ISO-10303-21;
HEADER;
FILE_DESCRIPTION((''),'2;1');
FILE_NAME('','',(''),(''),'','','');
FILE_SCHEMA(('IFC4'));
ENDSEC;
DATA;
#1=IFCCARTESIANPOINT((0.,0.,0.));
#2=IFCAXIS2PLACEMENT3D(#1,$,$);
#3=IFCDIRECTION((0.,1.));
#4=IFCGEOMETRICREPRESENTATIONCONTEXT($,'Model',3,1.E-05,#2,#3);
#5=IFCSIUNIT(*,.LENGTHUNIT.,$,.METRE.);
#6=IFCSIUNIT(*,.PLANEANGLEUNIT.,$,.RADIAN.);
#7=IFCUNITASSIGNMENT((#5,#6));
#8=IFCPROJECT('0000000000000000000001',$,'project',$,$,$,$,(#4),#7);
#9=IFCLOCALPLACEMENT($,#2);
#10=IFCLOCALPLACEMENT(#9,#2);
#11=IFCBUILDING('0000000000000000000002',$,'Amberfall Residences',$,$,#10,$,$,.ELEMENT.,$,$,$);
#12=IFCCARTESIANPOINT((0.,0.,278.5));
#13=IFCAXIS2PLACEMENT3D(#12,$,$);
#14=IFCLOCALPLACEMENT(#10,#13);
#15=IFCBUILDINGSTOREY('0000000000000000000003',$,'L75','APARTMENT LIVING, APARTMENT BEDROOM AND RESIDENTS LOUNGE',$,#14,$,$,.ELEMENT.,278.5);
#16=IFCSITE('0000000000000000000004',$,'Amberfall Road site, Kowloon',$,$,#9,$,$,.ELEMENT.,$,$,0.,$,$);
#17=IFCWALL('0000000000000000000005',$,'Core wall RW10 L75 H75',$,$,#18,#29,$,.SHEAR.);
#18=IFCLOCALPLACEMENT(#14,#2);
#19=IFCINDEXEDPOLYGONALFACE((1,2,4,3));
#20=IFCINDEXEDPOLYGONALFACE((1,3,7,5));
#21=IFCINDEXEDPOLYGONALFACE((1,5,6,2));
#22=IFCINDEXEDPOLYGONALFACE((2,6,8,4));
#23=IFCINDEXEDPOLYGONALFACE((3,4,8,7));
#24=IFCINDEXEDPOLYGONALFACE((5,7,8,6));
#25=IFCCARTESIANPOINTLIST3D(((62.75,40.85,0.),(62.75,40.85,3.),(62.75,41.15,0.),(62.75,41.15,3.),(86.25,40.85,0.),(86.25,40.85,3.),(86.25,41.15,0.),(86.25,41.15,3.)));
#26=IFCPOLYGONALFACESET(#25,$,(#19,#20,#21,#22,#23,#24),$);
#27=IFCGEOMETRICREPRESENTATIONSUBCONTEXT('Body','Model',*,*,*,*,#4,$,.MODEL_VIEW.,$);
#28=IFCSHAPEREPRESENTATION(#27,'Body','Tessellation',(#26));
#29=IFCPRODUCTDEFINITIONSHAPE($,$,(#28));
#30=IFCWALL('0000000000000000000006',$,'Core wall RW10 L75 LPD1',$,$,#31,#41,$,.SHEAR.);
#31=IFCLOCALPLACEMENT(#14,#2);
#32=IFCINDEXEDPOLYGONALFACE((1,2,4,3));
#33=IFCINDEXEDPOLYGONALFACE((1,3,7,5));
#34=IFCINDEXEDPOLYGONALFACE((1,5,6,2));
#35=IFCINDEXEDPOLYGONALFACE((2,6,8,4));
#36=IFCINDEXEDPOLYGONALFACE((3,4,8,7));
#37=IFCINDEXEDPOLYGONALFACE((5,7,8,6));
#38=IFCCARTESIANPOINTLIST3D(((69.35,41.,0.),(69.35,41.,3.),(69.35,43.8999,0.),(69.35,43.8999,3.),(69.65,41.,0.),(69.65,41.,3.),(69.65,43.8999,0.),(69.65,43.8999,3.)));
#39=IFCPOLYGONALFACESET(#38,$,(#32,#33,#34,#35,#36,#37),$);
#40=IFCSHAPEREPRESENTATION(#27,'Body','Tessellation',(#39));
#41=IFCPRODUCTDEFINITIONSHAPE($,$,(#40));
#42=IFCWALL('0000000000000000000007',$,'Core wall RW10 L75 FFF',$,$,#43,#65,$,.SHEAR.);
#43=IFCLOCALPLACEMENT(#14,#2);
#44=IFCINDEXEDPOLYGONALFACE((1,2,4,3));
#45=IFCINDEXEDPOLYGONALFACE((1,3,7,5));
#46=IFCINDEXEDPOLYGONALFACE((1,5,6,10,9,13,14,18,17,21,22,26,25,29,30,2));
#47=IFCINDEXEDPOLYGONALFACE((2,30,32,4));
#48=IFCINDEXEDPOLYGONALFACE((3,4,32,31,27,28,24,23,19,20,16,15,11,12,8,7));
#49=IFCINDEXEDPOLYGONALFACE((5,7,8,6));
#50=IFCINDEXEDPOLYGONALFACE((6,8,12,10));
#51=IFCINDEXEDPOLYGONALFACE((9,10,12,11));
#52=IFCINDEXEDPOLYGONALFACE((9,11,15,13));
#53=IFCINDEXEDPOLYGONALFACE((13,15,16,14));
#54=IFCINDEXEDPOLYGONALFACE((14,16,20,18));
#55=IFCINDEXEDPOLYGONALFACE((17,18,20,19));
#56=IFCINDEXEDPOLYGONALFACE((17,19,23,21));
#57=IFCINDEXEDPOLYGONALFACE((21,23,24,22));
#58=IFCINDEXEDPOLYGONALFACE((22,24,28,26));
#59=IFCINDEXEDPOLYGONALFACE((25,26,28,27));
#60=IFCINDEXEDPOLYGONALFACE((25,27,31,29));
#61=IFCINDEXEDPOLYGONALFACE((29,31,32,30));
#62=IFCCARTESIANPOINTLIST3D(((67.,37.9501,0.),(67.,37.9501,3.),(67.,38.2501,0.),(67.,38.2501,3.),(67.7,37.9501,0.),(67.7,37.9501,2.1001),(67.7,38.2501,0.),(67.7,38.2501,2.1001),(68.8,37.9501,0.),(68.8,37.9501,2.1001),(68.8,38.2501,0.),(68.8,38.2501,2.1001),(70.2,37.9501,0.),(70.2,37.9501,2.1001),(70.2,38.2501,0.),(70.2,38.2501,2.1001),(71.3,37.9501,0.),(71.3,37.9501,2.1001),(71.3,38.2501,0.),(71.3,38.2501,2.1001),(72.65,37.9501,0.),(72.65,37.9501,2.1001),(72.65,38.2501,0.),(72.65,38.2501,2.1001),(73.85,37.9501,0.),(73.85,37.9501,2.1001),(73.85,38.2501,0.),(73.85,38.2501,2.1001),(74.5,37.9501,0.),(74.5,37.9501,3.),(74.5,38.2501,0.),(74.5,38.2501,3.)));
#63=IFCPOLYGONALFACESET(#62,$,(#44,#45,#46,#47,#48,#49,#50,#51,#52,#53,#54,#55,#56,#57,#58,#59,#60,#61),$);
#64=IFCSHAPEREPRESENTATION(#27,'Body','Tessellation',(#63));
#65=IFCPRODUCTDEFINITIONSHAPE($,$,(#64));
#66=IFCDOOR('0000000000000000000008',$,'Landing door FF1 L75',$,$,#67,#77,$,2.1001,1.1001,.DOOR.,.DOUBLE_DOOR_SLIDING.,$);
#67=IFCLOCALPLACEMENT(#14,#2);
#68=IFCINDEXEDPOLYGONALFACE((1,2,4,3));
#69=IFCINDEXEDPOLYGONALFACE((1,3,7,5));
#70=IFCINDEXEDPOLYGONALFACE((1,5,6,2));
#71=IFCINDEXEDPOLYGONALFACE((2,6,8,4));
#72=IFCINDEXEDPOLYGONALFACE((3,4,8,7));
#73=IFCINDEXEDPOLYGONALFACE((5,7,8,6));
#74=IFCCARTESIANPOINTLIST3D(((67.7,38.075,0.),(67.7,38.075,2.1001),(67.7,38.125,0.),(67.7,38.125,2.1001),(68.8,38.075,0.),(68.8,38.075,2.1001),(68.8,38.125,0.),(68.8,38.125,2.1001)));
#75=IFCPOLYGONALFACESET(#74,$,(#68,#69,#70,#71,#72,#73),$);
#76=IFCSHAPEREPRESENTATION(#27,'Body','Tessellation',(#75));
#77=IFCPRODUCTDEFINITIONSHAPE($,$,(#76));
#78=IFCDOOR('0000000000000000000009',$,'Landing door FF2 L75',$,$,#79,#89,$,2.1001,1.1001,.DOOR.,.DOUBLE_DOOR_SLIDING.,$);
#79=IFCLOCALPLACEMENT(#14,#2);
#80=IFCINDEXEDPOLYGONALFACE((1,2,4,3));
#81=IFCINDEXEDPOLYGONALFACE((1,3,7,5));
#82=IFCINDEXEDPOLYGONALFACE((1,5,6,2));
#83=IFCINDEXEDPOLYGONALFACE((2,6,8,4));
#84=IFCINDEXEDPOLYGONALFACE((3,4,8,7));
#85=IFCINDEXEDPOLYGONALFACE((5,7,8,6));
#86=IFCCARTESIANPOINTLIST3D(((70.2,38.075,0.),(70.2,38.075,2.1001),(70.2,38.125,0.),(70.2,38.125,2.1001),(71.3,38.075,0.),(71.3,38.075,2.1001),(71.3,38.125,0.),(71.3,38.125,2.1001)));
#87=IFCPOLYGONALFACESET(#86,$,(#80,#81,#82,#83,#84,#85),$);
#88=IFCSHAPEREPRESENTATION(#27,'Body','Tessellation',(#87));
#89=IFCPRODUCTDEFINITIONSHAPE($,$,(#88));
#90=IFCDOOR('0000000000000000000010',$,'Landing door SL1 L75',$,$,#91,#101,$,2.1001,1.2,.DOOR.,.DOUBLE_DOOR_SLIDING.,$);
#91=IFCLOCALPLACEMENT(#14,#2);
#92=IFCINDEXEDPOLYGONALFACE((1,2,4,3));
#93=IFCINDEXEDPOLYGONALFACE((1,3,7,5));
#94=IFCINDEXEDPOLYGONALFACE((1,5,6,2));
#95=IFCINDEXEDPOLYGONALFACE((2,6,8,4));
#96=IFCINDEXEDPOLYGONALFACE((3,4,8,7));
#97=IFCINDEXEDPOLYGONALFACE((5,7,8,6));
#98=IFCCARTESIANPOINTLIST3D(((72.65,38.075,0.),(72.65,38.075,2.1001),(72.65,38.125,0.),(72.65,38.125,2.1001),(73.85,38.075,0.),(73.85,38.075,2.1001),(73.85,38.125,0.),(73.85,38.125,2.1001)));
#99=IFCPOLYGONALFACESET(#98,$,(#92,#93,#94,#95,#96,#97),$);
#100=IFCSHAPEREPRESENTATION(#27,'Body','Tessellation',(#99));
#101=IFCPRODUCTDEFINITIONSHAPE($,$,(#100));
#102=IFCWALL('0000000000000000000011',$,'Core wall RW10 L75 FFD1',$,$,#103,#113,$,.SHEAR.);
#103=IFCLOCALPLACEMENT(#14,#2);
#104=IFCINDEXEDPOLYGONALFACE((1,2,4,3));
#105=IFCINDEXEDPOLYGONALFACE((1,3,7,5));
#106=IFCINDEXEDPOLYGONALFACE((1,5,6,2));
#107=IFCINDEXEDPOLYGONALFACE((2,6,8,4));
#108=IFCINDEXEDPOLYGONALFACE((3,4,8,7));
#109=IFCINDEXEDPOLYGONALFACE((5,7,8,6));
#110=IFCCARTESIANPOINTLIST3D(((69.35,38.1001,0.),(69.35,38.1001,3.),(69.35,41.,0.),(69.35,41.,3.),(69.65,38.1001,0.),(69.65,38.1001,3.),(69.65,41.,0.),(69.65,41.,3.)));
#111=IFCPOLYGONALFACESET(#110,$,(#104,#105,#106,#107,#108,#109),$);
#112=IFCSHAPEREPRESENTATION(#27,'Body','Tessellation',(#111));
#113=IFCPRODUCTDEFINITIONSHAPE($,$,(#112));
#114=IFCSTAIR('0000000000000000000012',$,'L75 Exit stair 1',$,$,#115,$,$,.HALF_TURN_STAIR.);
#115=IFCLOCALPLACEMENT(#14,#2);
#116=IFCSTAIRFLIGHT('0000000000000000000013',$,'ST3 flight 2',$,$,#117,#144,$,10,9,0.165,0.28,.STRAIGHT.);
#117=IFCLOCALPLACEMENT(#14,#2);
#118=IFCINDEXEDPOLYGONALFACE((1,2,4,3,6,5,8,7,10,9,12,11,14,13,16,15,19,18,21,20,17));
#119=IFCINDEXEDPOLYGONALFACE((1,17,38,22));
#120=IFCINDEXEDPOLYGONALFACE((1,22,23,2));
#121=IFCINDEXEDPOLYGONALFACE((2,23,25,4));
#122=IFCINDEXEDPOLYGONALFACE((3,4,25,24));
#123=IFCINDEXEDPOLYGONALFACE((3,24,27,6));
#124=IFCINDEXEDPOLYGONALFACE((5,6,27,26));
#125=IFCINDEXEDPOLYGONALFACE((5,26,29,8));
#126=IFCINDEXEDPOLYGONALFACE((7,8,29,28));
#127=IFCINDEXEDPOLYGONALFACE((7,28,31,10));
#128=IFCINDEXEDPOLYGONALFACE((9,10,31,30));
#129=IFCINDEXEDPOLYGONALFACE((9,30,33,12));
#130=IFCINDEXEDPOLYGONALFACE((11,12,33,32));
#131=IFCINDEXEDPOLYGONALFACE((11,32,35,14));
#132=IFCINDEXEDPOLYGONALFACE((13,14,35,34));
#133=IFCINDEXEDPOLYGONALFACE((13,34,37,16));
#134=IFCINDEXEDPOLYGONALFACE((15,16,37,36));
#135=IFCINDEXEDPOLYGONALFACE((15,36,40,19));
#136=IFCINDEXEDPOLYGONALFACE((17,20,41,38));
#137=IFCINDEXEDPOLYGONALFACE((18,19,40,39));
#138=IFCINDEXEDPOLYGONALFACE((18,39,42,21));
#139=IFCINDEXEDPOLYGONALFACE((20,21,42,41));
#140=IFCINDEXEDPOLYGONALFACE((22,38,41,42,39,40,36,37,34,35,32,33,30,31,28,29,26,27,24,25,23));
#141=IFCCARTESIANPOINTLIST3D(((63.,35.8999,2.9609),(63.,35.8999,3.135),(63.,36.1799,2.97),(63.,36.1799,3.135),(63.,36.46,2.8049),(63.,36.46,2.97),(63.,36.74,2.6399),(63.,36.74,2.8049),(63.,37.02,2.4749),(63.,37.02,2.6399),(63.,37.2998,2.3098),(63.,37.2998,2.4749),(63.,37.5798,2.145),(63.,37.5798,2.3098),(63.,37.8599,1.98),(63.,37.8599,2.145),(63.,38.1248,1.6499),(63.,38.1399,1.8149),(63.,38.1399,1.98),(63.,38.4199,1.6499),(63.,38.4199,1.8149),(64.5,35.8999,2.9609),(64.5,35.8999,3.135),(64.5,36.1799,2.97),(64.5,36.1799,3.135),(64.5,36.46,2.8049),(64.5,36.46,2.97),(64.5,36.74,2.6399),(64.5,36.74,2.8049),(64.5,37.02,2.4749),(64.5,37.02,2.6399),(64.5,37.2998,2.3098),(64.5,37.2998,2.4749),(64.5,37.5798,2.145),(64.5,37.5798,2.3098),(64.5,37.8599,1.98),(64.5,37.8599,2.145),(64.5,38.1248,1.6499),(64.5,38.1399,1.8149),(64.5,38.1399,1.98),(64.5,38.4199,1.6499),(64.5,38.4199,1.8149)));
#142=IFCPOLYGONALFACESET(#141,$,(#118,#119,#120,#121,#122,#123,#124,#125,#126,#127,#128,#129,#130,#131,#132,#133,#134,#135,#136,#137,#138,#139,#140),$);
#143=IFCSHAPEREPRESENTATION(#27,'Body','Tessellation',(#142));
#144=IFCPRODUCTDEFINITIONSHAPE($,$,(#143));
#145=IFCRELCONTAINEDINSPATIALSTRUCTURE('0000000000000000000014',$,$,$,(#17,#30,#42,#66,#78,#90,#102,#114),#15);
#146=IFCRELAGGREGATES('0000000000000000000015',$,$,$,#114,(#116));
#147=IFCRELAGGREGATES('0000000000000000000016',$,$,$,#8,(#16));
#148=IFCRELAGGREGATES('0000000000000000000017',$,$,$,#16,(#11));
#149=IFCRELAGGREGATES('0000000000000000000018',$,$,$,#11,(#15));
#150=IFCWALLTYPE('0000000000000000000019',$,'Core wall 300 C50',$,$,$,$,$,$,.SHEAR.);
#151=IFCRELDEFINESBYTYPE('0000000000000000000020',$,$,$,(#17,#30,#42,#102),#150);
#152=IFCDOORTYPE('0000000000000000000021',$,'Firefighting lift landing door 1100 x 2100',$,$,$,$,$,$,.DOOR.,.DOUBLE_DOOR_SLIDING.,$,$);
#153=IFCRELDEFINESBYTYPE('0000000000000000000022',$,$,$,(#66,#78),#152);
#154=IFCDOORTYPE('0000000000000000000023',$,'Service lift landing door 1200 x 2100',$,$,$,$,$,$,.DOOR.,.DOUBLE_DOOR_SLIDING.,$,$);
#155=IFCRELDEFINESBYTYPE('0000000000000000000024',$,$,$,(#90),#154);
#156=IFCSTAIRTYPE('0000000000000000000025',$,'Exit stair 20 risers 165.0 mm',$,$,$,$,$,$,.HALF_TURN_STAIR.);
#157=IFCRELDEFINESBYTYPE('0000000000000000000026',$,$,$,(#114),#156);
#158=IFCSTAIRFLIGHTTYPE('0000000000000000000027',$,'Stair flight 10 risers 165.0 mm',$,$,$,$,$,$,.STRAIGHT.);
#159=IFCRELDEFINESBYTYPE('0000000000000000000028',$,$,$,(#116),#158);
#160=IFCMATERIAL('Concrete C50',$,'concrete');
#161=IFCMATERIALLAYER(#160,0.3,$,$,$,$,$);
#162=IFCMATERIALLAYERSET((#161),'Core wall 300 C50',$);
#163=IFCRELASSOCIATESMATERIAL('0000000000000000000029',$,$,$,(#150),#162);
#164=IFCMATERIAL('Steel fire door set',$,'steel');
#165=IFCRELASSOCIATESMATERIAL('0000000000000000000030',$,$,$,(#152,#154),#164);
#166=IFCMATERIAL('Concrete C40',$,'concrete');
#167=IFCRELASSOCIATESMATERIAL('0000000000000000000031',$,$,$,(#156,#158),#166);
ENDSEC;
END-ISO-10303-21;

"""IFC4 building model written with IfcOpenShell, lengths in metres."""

from ifc_helpers import new_model, si_unit, direction, frame, frame_2d, origin, place, context, subcontext, project, spatial, polyline, rectangle, outline, extrude, material, layer, layer_set, type_object, element, fill, aggregate, save


model = new_model("IFC4")

# Units and contexts
model_context = context("Model", 3, precision=1e-05, world=origin(), true_north=direction((0.0, 1.0)))
body_context = subcontext(model_context, "Body", "Model", "MODEL_VIEW")
ifc_project = project(units=[si_unit("LENGTHUNIT", "METRE"), si_unit("PLANEANGLEUNIT", "RADIAN")], contexts=[model_context])

# Site, building, storey
site_placement = place(None, origin())
site = spatial("IfcSite", under=ifc_project, at=site_placement, Name="Amberfall Road site, Kowloon", CompositionType="ELEMENT", RefElevation=0.0)
building_placement = place(site_placement, origin())
building = spatial("IfcBuilding", under=site, at=building_placement, Name="Amberfall Residences", CompositionType="ELEMENT")
storey_placement = place(building_placement, frame((0.0, 0.0, 278.5)))
storey = spatial("IfcBuildingStorey", under=building, at=storey_placement, Name="L75", Description="APARTMENT LIVING, APARTMENT BEDROOM AND RESIDENTS LOUNGE", CompositionType="ELEMENT", Elevation=278.5)

# Walls
ifc_material_1 = material(Name="Concrete C50", Category="concrete")
ifc_layer = layer(ifc_material_1, 0.3)
ifc_layer_set = layer_set([ifc_layer], Name="Core wall 300 C50")
wall_type = type_object("IfcWallType", Name="Core wall 300 C50", PredefinedType="SHEAR", material=ifc_layer_set)
wall_1_placement = place(storey_placement, frame((62.75, 41.0, 0.0), z_axis=(0.0, 0.0, 1.0), x_axis=(1.0, 0.0, 0.0)))
element("IfcWall", 1, at=wall_1_placement, inside=storey, type_object=wall_type, Name="Core wall RW10 L75 H75", PredefinedType="SHEAR", context=body_context, shape_type="SweptSolid", body=[
    extrude(rectangle(XDim=23.5, YDim=0.3, at=frame_2d((11.75, 0.0))), origin(), (0.0, 0.0, 1.0), 3.0),
])
wall_2_placement = place(storey_placement, frame((69.5, 41.0, 0.0), z_axis=(0.0, 0.0, 1.0), x_axis=(0.0, 1.0, 0.0)))
element("IfcWall", 2, at=wall_2_placement, inside=storey, type_object=wall_type, Name="Core wall RW10 L75 LPD1", PredefinedType="SHEAR", context=body_context, shape_type="SweptSolid", body=[
    extrude(rectangle(XDim=2.8999, YDim=0.3, at=frame_2d((1.45, 0.0))), origin(), (0.0, 0.0, 1.0), 3.0),
])

# Wall, openings, doors
wall_3_placement = place(storey_placement, frame((67.0, 38.1001, 0.0), z_axis=(0.0, 0.0, 1.0), x_axis=(1.0, 0.0, 0.0)))
wall_3 = element("IfcWall", 3, at=wall_3_placement, inside=storey, type_object=wall_type, Name="Core wall RW10 L75 FFF", PredefinedType="SHEAR", context=body_context, shape_type="SweptSolid", body=[
    extrude(rectangle(XDim=7.5, YDim=0.3, at=frame_2d((3.75, 0.0))), origin(), (0.0, 0.0, 1.0), 3.0),
])
opening_1_placement = place(wall_3_placement, frame((0.7, 0.0, 0.0)))
opening_1 = element("IfcOpeningElement", 4, at=opening_1_placement, cuts=wall_3, PredefinedType="OPENING", context=body_context, shape_type="SweptSolid", body=[
    extrude(rectangle(XDim=1.1001, YDim=2.1001, at=frame_2d((0.55, 1.05))), frame((0.0, 0.1599, 0.0), z_axis=(0.0, -1.0, 0.0), x_axis=(1.0, 0.0, 0.0)), (0.0, 0.0, 1.0), 0.3201),
])
opening_2_placement = place(wall_3_placement, frame((3.2, 0.0, 0.0)))
opening_2 = element("IfcOpeningElement", 5, at=opening_2_placement, cuts=wall_3, PredefinedType="OPENING", context=body_context, shape_type="SweptSolid", body=[
    extrude(rectangle(XDim=1.1001, YDim=2.1001, at=frame_2d((0.55, 1.05))), frame((0.0, 0.1599, 0.0), z_axis=(0.0, -1.0, 0.0), x_axis=(1.0, 0.0, 0.0)), (0.0, 0.0, 1.0), 0.3201),
])
opening_3_placement = place(wall_3_placement, frame((5.6499, 0.0, 0.0)))
opening_3 = element("IfcOpeningElement", 6, at=opening_3_placement, cuts=wall_3, PredefinedType="OPENING", context=body_context, shape_type="SweptSolid", body=[
    extrude(rectangle(XDim=1.2, YDim=2.1001, at=frame_2d((0.6001, 1.05))), frame((0.0, 0.1599, 0.0), z_axis=(0.0, -1.0, 0.0), x_axis=(1.0, 0.0, 0.0)), (0.0, 0.0, 1.0), 0.3201),
])
ifc_material_2 = material(Name="Steel fire door set", Category="steel")
door_type_1 = type_object("IfcDoorType", Name="Firefighting lift landing door 1100 x 2100", OperationType="DOUBLE_DOOR_SLIDING", PredefinedType="DOOR", material=ifc_material_2)
door_1_placement = place(opening_1_placement, origin())
door_1 = element("IfcDoor", 7, at=door_1_placement, inside=storey, type_object=door_type_1, Name="Landing door FF1 L75", OperationType="DOUBLE_DOOR_SLIDING", OverallHeight=2.1001, OverallWidth=1.1001, PredefinedType="DOOR", context=body_context, shape_type="SweptSolid", body=[
    extrude(rectangle(XDim=1.1001, YDim=2.1001, at=frame_2d((0.55, 1.05))), frame((0.0, 0.0249, 0.0), z_axis=(0.0, -1.0, 0.0), x_axis=(1.0, 0.0, 0.0)), (0.0, 0.0, 1.0), 0.05),
])
fill(opening_1, door_1)
door_2_placement = place(opening_2_placement, origin())
door_2 = element("IfcDoor", 8, at=door_2_placement, inside=storey, type_object=door_type_1, Name="Landing door FF2 L75", OperationType="DOUBLE_DOOR_SLIDING", OverallHeight=2.1001, OverallWidth=1.1001, PredefinedType="DOOR", context=body_context, shape_type="SweptSolid", body=[
    extrude(rectangle(XDim=1.1001, YDim=2.1001, at=frame_2d((0.55, 1.05))), frame((0.0, 0.0249, 0.0), z_axis=(0.0, -1.0, 0.0), x_axis=(1.0, 0.0, 0.0)), (0.0, 0.0, 1.0), 0.05),
])
fill(opening_2, door_2)
door_type_2 = type_object("IfcDoorType", Name="Service lift landing door 1200 x 2100", OperationType="DOUBLE_DOOR_SLIDING", PredefinedType="DOOR", material=ifc_material_2)
door_3_placement = place(opening_3_placement, origin())
door_3 = element("IfcDoor", 9, at=door_3_placement, inside=storey, type_object=door_type_2, Name="Landing door SL1 L75", OperationType="DOUBLE_DOOR_SLIDING", OverallHeight=2.1001, OverallWidth=1.2, PredefinedType="DOOR", context=body_context, shape_type="SweptSolid", body=[
    extrude(rectangle(XDim=1.2, YDim=2.1001, at=frame_2d((0.6001, 1.05))), frame((0.0, 0.0249, 0.0), z_axis=(0.0, -1.0, 0.0), x_axis=(1.0, 0.0, 0.0)), (0.0, 0.0, 1.0), 0.05),
])
fill(opening_3, door_3)

# Wall
wall_4_placement = place(storey_placement, frame((69.5, 38.1001, 0.0), z_axis=(0.0, 0.0, 1.0), x_axis=(0.0, 1.0, 0.0)))
element("IfcWall", 10, at=wall_4_placement, inside=storey, type_object=wall_type, Name="Core wall RW10 L75 FFD1", PredefinedType="SHEAR", context=body_context, shape_type="SweptSolid", body=[
    extrude(rectangle(XDim=2.8999, YDim=0.3, at=frame_2d((1.45, 0.0))), origin(), (0.0, 0.0, 1.0), 3.0),
])

# Stair, stair flight
ifc_material_3 = material(Name="Concrete C40", Category="concrete")
stair_type = type_object("IfcStairType", Name="Exit stair 20 risers 165.0 mm", PredefinedType="HALF_TURN_STAIR", material=ifc_material_3)
stair_placement = place(storey_placement, origin())
stair = element("IfcStair", 11, at=stair_placement, inside=storey, type_object=stair_type, Name="L75 Exit stair 1", PredefinedType="HALF_TURN_STAIR")
stair_flight_type = type_object("IfcStairFlightType", Name="Stair flight 10 risers 165.0 mm", PredefinedType="STRAIGHT", material=ifc_material_3)
stair_flight_placement = place(storey_placement, frame((63.75, 38.4199, 1.6499), z_axis=(0.0, 0.0, 1.0), x_axis=(0.0, -1.0, 0.0)))
stair_flight = element("IfcStairFlight", 12, at=stair_flight_placement, type_object=stair_flight_type, Name="ST3 flight 2", NumberOfRisers=10, NumberOfTreads=9, PredefinedType="STRAIGHT", RiserHeight=0.165, TreadLength=0.28, context=body_context, shape_type="SweptSolid", body=[
    extrude(outline(polyline([(0.0, 0.0), (0.0, 0.165), (0.28, 0.165), (0.28, 0.3301), (0.5601, 0.3301), (0.5601, 0.4951), (0.8401, 0.4951), (0.8401, 0.6599), (1.1201, 0.6599), (1.1201, 0.825), (1.3999, 0.825), (1.3999, 0.99), (1.6799, 0.99), (1.6799, 1.155), (1.96, 1.155), (1.96, 1.3201), (2.24, 1.3201), (2.24, 1.4851), (2.52, 1.4851), (2.52, 1.6499), (2.52, 1.311), (0.2952, 0.0), (0.0, 0.0)])), frame((0.0, 0.75, 0.0), z_axis=(0.0, -1.0, 0.0), x_axis=(1.0, 0.0, 0.0)), (0.0, 0.0, 1.0), 1.5),
])
aggregate(stair, [stair_flight])

save(model, "model.ifc")
